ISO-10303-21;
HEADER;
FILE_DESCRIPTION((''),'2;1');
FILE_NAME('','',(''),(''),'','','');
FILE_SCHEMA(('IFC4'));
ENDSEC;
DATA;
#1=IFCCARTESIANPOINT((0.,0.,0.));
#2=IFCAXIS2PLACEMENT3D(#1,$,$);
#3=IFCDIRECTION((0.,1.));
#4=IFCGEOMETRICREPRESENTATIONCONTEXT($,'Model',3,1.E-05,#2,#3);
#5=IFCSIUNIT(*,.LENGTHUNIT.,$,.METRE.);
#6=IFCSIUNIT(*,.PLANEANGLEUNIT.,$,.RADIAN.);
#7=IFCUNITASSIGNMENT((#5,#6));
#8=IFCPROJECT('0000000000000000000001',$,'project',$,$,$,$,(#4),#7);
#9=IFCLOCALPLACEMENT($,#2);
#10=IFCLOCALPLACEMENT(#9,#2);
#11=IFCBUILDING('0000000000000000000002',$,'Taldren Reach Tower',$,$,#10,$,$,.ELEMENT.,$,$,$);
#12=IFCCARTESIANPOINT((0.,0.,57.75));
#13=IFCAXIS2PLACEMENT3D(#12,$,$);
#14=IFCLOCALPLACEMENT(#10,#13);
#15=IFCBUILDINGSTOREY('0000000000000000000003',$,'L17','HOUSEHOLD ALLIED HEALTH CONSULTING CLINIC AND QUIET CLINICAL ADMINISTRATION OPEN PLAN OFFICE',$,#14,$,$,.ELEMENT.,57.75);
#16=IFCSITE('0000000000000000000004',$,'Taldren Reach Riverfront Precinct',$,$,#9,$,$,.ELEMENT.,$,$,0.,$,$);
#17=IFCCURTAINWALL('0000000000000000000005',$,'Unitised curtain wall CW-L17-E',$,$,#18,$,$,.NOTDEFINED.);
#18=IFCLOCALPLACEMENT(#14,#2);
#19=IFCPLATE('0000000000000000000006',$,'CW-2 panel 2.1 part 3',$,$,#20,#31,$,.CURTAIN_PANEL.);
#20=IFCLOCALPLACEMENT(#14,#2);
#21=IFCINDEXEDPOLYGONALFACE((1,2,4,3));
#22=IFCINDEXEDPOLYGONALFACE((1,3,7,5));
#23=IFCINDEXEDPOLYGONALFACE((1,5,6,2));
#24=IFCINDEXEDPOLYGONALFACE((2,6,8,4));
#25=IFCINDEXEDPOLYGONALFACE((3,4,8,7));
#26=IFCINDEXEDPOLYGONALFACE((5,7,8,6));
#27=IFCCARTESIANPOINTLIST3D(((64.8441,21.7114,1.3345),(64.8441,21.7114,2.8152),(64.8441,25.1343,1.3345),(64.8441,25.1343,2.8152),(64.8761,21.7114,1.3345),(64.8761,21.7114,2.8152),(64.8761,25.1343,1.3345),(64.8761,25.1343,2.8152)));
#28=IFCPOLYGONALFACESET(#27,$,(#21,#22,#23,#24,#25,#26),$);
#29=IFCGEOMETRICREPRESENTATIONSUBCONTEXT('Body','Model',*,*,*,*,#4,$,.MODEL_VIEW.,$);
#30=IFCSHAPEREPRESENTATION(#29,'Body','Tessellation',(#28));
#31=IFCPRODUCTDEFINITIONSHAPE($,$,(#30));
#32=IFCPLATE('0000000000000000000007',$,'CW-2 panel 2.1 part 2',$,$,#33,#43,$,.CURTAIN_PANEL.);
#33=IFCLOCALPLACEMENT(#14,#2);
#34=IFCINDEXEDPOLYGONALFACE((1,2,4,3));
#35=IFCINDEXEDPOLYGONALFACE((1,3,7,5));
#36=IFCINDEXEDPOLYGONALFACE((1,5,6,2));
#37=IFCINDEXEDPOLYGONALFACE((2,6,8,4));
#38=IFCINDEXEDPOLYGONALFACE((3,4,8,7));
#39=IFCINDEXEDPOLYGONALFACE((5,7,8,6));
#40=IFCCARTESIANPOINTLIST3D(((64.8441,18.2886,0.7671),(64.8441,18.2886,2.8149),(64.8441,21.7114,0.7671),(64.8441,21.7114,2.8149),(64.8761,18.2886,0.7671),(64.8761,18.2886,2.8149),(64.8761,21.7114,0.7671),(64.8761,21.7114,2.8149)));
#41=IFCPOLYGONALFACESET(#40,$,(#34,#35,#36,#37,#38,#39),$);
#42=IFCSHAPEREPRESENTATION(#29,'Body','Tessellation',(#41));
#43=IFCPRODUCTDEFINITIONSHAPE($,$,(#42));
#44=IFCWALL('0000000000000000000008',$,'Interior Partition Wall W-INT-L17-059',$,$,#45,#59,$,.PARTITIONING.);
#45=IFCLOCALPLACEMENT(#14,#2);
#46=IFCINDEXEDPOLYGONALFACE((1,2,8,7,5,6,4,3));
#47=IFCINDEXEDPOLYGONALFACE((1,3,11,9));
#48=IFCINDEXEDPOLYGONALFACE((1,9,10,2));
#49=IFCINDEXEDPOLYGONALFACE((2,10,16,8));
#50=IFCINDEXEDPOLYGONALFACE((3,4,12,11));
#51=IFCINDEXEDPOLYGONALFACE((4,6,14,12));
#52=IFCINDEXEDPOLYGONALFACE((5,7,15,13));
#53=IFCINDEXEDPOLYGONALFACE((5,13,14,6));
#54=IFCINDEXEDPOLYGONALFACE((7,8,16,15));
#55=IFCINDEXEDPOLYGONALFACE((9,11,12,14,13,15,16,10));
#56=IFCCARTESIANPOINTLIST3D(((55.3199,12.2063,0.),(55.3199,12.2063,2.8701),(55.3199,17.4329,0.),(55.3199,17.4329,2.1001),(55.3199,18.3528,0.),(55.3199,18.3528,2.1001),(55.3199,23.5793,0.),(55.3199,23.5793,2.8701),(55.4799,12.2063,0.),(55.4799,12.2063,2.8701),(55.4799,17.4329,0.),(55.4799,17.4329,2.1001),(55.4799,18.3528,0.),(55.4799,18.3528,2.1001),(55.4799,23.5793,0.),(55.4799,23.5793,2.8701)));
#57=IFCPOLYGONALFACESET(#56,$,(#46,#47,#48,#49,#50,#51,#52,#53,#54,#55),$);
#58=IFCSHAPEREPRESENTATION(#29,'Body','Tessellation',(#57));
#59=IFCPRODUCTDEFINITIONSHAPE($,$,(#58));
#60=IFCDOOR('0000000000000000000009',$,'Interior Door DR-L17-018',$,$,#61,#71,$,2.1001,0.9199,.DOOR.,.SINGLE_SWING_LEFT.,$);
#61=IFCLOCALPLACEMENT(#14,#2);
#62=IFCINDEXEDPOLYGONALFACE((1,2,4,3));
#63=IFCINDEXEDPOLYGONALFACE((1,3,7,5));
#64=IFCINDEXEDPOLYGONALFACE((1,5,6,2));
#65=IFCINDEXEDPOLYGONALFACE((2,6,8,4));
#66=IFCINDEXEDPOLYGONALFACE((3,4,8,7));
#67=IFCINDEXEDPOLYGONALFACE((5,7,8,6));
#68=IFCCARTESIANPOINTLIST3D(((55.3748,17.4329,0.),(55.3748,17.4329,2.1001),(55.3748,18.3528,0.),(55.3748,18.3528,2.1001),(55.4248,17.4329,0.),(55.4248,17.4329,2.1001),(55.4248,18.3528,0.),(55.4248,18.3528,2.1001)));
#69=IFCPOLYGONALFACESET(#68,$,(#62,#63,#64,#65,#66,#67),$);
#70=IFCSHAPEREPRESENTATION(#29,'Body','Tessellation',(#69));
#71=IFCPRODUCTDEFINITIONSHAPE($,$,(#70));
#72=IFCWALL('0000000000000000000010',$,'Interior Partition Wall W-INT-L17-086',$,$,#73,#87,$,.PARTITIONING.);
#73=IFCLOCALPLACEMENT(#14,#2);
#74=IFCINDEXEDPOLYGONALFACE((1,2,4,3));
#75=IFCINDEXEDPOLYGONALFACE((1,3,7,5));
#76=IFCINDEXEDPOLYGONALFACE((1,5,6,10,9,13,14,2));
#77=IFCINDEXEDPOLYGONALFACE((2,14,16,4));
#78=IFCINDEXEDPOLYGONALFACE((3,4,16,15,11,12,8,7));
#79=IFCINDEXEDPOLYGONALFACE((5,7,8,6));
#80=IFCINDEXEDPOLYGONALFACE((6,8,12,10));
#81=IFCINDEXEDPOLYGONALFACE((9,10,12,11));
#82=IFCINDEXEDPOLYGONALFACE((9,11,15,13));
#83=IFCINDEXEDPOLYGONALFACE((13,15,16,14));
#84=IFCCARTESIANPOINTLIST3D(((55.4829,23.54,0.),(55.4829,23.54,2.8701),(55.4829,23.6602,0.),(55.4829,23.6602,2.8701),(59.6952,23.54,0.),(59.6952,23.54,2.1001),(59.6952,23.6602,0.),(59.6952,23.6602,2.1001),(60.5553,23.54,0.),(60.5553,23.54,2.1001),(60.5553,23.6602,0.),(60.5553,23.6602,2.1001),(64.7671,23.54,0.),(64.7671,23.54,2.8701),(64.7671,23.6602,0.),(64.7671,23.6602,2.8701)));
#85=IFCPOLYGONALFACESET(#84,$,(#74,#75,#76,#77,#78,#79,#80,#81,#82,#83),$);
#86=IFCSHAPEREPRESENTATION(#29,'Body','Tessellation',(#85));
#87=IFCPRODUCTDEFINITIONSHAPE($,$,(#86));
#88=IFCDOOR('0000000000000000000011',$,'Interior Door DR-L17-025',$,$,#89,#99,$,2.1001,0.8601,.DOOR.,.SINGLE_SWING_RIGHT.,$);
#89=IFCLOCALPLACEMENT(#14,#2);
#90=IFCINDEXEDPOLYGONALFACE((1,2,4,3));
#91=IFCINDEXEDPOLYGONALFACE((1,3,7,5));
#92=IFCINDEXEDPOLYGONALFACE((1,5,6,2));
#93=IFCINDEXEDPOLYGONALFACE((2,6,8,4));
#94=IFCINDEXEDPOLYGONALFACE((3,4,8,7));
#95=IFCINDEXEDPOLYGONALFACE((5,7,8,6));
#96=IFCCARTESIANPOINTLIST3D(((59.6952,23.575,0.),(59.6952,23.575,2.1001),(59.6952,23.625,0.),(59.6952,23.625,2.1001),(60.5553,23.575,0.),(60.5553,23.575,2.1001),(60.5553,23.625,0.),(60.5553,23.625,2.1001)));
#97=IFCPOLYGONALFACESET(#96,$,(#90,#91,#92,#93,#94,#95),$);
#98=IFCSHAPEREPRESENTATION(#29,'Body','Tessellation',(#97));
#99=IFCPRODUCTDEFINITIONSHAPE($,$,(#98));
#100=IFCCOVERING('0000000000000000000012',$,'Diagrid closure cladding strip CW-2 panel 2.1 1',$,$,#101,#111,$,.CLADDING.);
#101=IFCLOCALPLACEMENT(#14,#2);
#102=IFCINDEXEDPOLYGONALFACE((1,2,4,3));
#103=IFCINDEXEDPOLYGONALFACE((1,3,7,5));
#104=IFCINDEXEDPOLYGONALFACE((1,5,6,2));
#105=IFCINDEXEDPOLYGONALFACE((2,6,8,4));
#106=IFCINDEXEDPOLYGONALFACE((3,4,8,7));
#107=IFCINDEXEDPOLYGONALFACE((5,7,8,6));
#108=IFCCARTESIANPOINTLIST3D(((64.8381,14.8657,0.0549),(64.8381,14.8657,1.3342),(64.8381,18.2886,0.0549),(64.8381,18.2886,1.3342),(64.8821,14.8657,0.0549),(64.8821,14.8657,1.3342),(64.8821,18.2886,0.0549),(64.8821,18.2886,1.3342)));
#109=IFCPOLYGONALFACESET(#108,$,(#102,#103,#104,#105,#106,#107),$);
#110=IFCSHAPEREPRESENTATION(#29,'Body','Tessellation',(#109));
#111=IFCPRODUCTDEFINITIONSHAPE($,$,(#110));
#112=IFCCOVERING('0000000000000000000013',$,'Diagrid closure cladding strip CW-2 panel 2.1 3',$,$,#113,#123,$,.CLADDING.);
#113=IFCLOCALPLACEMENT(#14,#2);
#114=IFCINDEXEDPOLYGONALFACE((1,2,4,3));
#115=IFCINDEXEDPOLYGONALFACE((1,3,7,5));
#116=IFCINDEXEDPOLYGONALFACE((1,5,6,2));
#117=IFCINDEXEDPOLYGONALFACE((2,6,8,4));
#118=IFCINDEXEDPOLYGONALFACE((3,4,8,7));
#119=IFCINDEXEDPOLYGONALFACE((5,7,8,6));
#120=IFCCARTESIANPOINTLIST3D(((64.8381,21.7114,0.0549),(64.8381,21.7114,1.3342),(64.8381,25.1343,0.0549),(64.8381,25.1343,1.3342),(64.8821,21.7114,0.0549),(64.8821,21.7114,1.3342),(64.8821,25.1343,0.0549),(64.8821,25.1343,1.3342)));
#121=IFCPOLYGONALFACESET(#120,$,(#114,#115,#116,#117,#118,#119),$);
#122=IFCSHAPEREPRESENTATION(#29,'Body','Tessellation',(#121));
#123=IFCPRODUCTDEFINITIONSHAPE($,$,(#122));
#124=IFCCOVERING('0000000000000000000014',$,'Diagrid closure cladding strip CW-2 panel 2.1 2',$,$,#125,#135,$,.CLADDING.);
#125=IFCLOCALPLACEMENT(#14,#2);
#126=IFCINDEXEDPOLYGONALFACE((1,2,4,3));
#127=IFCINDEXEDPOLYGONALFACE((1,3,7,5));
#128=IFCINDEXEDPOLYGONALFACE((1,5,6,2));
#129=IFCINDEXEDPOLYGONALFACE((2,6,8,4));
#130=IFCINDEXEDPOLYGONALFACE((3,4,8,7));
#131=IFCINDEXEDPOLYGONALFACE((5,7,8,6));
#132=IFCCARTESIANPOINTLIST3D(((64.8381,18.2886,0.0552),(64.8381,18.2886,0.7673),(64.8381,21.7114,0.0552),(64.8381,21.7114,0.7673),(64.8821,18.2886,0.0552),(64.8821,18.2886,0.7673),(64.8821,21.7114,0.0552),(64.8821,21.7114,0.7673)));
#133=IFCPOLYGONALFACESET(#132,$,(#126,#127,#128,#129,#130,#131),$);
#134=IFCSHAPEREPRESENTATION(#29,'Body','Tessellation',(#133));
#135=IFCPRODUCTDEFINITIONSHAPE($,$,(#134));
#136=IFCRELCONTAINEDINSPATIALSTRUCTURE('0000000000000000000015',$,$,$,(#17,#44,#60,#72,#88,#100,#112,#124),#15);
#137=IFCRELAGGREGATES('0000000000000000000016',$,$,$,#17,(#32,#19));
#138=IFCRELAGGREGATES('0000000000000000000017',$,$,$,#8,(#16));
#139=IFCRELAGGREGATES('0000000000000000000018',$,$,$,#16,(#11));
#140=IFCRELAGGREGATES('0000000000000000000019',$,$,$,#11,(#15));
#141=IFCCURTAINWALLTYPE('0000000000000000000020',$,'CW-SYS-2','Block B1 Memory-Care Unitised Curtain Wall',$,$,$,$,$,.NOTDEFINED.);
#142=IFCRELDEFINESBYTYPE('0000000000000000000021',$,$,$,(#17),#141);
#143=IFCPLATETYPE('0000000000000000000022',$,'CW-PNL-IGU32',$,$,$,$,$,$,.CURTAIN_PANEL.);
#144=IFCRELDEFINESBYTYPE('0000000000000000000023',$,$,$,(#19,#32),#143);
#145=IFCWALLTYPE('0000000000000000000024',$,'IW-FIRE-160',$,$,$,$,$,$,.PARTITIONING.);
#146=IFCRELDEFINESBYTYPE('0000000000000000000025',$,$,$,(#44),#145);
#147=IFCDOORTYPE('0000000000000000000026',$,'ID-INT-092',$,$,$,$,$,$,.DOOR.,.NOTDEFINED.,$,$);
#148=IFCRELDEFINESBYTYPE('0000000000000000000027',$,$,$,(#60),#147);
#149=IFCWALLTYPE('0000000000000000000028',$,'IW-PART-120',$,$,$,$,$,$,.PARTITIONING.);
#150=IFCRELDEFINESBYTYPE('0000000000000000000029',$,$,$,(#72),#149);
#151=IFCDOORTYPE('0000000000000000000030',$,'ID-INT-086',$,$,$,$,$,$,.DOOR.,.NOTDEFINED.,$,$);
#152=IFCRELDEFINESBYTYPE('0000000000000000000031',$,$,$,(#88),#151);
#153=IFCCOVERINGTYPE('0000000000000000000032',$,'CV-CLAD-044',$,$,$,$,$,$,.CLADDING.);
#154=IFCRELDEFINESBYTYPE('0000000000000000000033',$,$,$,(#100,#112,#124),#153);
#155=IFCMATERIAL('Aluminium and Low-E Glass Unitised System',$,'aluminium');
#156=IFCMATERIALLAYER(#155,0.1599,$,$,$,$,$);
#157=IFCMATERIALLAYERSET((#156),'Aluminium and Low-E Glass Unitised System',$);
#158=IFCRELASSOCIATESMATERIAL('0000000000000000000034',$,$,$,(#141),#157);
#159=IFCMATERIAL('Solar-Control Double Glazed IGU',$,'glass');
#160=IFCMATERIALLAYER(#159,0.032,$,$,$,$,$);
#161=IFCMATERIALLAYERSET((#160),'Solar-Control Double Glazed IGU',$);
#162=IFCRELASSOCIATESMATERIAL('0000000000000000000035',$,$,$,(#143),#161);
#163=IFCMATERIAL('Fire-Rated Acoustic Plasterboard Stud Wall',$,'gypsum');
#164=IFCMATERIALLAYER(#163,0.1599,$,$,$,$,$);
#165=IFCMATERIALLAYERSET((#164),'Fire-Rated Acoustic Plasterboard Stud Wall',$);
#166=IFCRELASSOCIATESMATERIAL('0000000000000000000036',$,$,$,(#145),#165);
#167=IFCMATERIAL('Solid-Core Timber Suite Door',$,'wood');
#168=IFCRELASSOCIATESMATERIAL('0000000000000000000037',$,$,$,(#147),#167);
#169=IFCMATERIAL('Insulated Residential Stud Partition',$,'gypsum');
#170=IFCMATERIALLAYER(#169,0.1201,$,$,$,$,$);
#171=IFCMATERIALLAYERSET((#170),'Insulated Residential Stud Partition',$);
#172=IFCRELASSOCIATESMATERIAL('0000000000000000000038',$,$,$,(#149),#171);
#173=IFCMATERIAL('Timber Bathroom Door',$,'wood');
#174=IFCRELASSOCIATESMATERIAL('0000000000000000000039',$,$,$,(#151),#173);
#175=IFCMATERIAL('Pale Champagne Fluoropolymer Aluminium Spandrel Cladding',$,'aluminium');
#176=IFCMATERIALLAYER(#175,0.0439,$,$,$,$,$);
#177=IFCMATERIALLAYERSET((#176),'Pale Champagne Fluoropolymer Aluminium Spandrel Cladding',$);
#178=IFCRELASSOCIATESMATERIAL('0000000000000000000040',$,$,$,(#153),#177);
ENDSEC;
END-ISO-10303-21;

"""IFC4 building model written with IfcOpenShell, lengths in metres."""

from ifc_helpers import new_model, si_unit, direction, frame, frame_2d, origin, origin_2d, place, context, subcontext, project, spatial, rectangle, extrude, source, transform, mapped, material, layer, layer_set, type_object, element, fill, aggregate, save


model = new_model("IFC4")

# Units and contexts
model_context = context("Model", 3, precision=1e-05, world=origin(), true_north=direction((0.0, 1.0)))
body_context = subcontext(model_context, "Body", "Model", "MODEL_VIEW")
ifc_project = project(units=[si_unit("LENGTHUNIT", "METRE"), si_unit("PLANEANGLEUNIT", "RADIAN")], contexts=[model_context])

# Site, building, storey
site_placement = place(None, origin())
site = spatial("IfcSite", under=ifc_project, at=site_placement, Name="Taldren Reach Riverfront Precinct", CompositionType="ELEMENT", RefElevation=0.0)
building_placement = place(site_placement, origin())
building = spatial("IfcBuilding", under=site, at=building_placement, Name="Taldren Reach Tower", CompositionType="ELEMENT")
storey_placement = place(building_placement, frame((0.0, 0.0, 57.75)))
storey = spatial("IfcBuildingStorey", under=building, at=storey_placement, Name="L17", Description="HOUSEHOLD ALLIED HEALTH CONSULTING CLINIC AND QUIET CLINICAL ADMINISTRATION OPEN PLAN OFFICE", CompositionType="ELEMENT", Elevation=57.75)

# Curtain wall, plates
ifc_material_1 = material(Name="Aluminium and Low-E Glass Unitised System", Category="aluminium")
ifc_layer_1 = layer(ifc_material_1, 0.1599)
ifc_layer_set_1 = layer_set([ifc_layer_1], Name="Aluminium and Low-E Glass Unitised System")
curtain_wall_type = type_object("IfcCurtainWallType", Name="CW-SYS-2", Description="Block B1 Memory-Care Unitised Curtain Wall", PredefinedType="NOTDEFINED", material=ifc_layer_set_1)
curtain_wall_placement = place(storey_placement, origin())
curtain_wall = element("IfcCurtainWall", 1, at=curtain_wall_placement, inside=storey, type_object=curtain_wall_type, Name="Unitised curtain wall CW-L17-E", PredefinedType="NOTDEFINED")
ifc_material_2 = material(Name="Solar-Control Double Glazed IGU", Category="glass")
ifc_layer_2 = layer(ifc_material_2, 0.032)
ifc_layer_set_2 = layer_set([ifc_layer_2], Name="Solar-Control Double Glazed IGU")
plate_type_1 = type_object("IfcPlateType", Name="CW-PNL-IGU32", PredefinedType="CURTAIN_PANEL", material=ifc_layer_set_2)
shared_shape_1 = source(origin(), body_context, "Body", "SweptSolid", [
    extrude(rectangle(XDim=3.4229, YDim=0.032, at=origin_2d()), origin(), (0.0, 0.0, 1.0), 1.4807),
])
plate_1_placement = place(storey_placement, frame((64.8601, 23.4229, 1.3345), z_axis=(0.0, 0.0, 1.0), x_axis=(0.0, 1.0, 0.0)))
plate_1 = element("IfcPlate", 2, at=plate_1_placement, type_object=plate_type_1, Name="CW-2 panel 2.1 part 3", PredefinedType="CURTAIN_PANEL", context=body_context, shape_type="MappedRepresentation", body=[
    mapped(shared_shape_1, transform((0.0, 0.0, 0.0), scale=1.0)),
])
shared_shape_2 = source(origin(), body_context, "Body", "SweptSolid", [
    extrude(rectangle(XDim=3.4229, YDim=0.032, at=origin_2d()), origin(), (0.0, 0.0, 1.0), 2.0479),
])
plate_2_placement = place(storey_placement, frame((64.8601, 20.0, 0.7671), z_axis=(0.0, 0.0, 1.0), x_axis=(0.0, 1.0, 0.0)))
plate_2 = element("IfcPlate", 3, at=plate_2_placement, type_object=plate_type_1, Name="CW-2 panel 2.1 part 2", PredefinedType="CURTAIN_PANEL", context=body_context, shape_type="MappedRepresentation", body=[
    mapped(shared_shape_2, transform((0.0, 0.0, 0.0), scale=1.0)),
])
aggregate(curtain_wall, [plate_2, plate_1])

# Walls, openings, doors
ifc_material_3 = material(Name="Fire-Rated Acoustic Plasterboard Stud Wall", Category="gypsum")
ifc_layer_3 = layer(ifc_material_3, 0.1599)
ifc_layer_set_3 = layer_set([ifc_layer_3], Name="Fire-Rated Acoustic Plasterboard Stud Wall")
wall_type_1 = type_object("IfcWallType", Name="IW-FIRE-160", PredefinedType="PARTITIONING", material=ifc_layer_set_3)
shared_shape_3 = source(origin(), body_context, "Body", "SweptSolid", [
    extrude(rectangle(XDim=11.373, YDim=0.1599, at=frame_2d((5.6865, 0.0))), origin(), (0.0, 0.0, 1.0), 2.8701),
])
wall_1_placement = place(storey_placement, frame((55.3999, 23.5793, 0.0), z_axis=(0.0, 0.0, 1.0), x_axis=(0.0, -1.0, 0.0)))
wall_1 = element("IfcWall", 4, at=wall_1_placement, inside=storey, type_object=wall_type_1, Name="Interior Partition Wall W-INT-L17-059", PredefinedType="PARTITIONING", context=body_context, shape_type="MappedRepresentation", body=[
    mapped(shared_shape_3, transform((0.0, 0.0, 0.0), scale=1.0)),
])
shared_shape_4 = source(origin(), body_context, "Body", "SweptSolid", [
    extrude(rectangle(XDim=0.9199, YDim=2.1001, at=frame_2d((0.46, 1.05))), frame((0.0, 0.0898, 0.0), z_axis=(0.0, -1.0, 0.0), x_axis=(1.0, 0.0, 0.0)), (0.0, 0.0, 1.0), 0.1799),
])
opening_1_placement = place(wall_1_placement, frame((5.2266, 0.0, 0.0)))
opening_1 = element("IfcOpeningElement", 5, at=opening_1_placement, cuts=wall_1, PredefinedType="OPENING", context=body_context, shape_type="MappedRepresentation", body=[
    mapped(shared_shape_4, transform((0.0, 0.0, 0.0), scale=1.0)),
])
ifc_material_4 = material(Name="Solid-Core Timber Suite Door", Category="wood")
door_type_1 = type_object("IfcDoorType", Name="ID-INT-092", OperationType="NOTDEFINED", PredefinedType="DOOR", material=ifc_material_4)
shared_shape_5 = source(origin(), body_context, "Body", "SweptSolid", [
    extrude(rectangle(XDim=0.9199, YDim=2.1001, at=frame_2d((0.46, 1.05))), frame((0.0, 0.0249, 0.0), z_axis=(0.0, -1.0, 0.0), x_axis=(1.0, 0.0, 0.0)), (0.0, 0.0, 1.0), 0.05),
])
door_1_placement = place(opening_1_placement, origin())
door_1 = element("IfcDoor", 6, at=door_1_placement, inside=storey, type_object=door_type_1, Name="Interior Door DR-L17-018", OperationType="SINGLE_SWING_LEFT", OverallHeight=2.1001, OverallWidth=0.9199, PredefinedType="DOOR", context=body_context, shape_type="MappedRepresentation", body=[
    mapped(shared_shape_5, transform((0.0, 0.0, 0.0), scale=1.0)),
])
fill(opening_1, door_1)
ifc_material_5 = material(Name="Insulated Residential Stud Partition", Category="gypsum")
ifc_layer_4 = layer(ifc_material_5, 0.1201)
ifc_layer_set_4 = layer_set([ifc_layer_4], Name="Insulated Residential Stud Partition")
wall_type_2 = type_object("IfcWallType", Name="IW-PART-120", PredefinedType="PARTITIONING", material=ifc_layer_set_4)
shared_shape_6 = source(origin(), body_context, "Body", "SweptSolid", [
    extrude(rectangle(XDim=9.2842, YDim=0.1201, at=frame_2d((4.6421, 0.0))), origin(), (0.0, 0.0, 1.0), 2.8701),
])
wall_2_placement = place(storey_placement, frame((55.4829, 23.6001, 0.0), z_axis=(0.0, 0.0, 1.0), x_axis=(1.0, 0.0, 0.0)))
wall_2 = element("IfcWall", 7, at=wall_2_placement, inside=storey, type_object=wall_type_2, Name="Interior Partition Wall W-INT-L17-086", PredefinedType="PARTITIONING", context=body_context, shape_type="MappedRepresentation", body=[
    mapped(shared_shape_6, transform((0.0, 0.0, 0.0), scale=1.0)),
])
shared_shape_7 = source(origin(), body_context, "Body", "SweptSolid", [
    extrude(rectangle(XDim=0.8601, YDim=2.1001, at=frame_2d((0.4302, 1.05))), frame((0.0, 0.0701, 0.0), z_axis=(0.0, -1.0, 0.0), x_axis=(1.0, 0.0, 0.0)), (0.0, 0.0, 1.0), 0.1401),
])
opening_2_placement = place(wall_2_placement, frame((4.2122, 0.0, 0.0)))
opening_2 = element("IfcOpeningElement", 8, at=opening_2_placement, cuts=wall_2, PredefinedType="OPENING", context=body_context, shape_type="MappedRepresentation", body=[
    mapped(shared_shape_7, transform((0.0, 0.0, 0.0), scale=1.0)),
])
ifc_material_6 = material(Name="Timber Bathroom Door", Category="wood")
door_type_2 = type_object("IfcDoorType", Name="ID-INT-086", OperationType="NOTDEFINED", PredefinedType="DOOR", material=ifc_material_6)
shared_shape_8 = source(origin(), body_context, "Body", "SweptSolid", [
    extrude(rectangle(XDim=0.8601, YDim=2.1001, at=frame_2d((0.4302, 1.05))), frame((0.0, 0.0249, 0.0), z_axis=(0.0, -1.0, 0.0), x_axis=(1.0, 0.0, 0.0)), (0.0, 0.0, 1.0), 0.05),
])
door_2_placement = place(opening_2_placement, origin())
door_2 = element("IfcDoor", 9, at=door_2_placement, inside=storey, type_object=door_type_2, Name="Interior Door DR-L17-025", OperationType="SINGLE_SWING_RIGHT", OverallHeight=2.1001, OverallWidth=0.8601, PredefinedType="DOOR", context=body_context, shape_type="MappedRepresentation", body=[
    mapped(shared_shape_8, transform((0.0, 0.0, 0.0), scale=1.0)),
])
fill(opening_2, door_2)

# Coverings
ifc_material_7 = material(Name="Pale Champagne Fluoropolymer Aluminium Spandrel Cladding", Category="aluminium")
ifc_layer_5 = layer(ifc_material_7, 0.0439)
ifc_layer_set_5 = layer_set([ifc_layer_5], Name="Pale Champagne Fluoropolymer Aluminium Spandrel Cladding")
covering_type = type_object("IfcCoveringType", Name="CV-CLAD-044", PredefinedType="CLADDING", material=ifc_layer_set_5)
shared_shape_9 = source(origin(), body_context, "Body", "SweptSolid", [
    extrude(rectangle(XDim=3.4229, YDim=0.0439, at=origin_2d()), origin(), (0.0, 0.0, 1.0), 1.2793),
])
for number, where, z_axis, x_axis, name in (
    (10, (64.8601, 16.5771, 0.0549), (0.0, 0.0, 1.0), (0.0, 1.0, 0.0), "Diagrid closure cladding strip CW-2 panel 2.1 1"),
    (11, (64.8601, 23.4229, 0.0549), (0.0, 0.0, 1.0), (0.0, 1.0, 0.0), "Diagrid closure cladding strip CW-2 panel 2.1 3"),
):
    element("IfcCovering", number, at=place(storey_placement, frame(where, z_axis=z_axis, x_axis=x_axis)), inside=storey, type_object=covering_type, Name=name, PredefinedType="CLADDING", context=body_context, shape_type="MappedRepresentation", body=[
        mapped(shared_shape_9, transform((0.0, 0.0, 0.0), scale=1.0)),
    ])
shared_shape_10 = source(origin(), body_context, "Body", "SweptSolid", [
    extrude(rectangle(XDim=3.4229, YDim=0.0439, at=origin_2d()), origin(), (0.0, 0.0, 1.0), 0.7122),
])
covering_placement = place(storey_placement, frame((64.8601, 20.0, 0.0552), z_axis=(0.0, 0.0, 1.0), x_axis=(0.0, 1.0, 0.0)))
element("IfcCovering", 12, at=covering_placement, inside=storey, type_object=covering_type, Name="Diagrid closure cladding strip CW-2 panel 2.1 2", PredefinedType="CLADDING", context=body_context, shape_type="MappedRepresentation", body=[
    mapped(shared_shape_10, transform((0.0, 0.0, 0.0), scale=1.0)),
])

save(model, "model.ifc")
